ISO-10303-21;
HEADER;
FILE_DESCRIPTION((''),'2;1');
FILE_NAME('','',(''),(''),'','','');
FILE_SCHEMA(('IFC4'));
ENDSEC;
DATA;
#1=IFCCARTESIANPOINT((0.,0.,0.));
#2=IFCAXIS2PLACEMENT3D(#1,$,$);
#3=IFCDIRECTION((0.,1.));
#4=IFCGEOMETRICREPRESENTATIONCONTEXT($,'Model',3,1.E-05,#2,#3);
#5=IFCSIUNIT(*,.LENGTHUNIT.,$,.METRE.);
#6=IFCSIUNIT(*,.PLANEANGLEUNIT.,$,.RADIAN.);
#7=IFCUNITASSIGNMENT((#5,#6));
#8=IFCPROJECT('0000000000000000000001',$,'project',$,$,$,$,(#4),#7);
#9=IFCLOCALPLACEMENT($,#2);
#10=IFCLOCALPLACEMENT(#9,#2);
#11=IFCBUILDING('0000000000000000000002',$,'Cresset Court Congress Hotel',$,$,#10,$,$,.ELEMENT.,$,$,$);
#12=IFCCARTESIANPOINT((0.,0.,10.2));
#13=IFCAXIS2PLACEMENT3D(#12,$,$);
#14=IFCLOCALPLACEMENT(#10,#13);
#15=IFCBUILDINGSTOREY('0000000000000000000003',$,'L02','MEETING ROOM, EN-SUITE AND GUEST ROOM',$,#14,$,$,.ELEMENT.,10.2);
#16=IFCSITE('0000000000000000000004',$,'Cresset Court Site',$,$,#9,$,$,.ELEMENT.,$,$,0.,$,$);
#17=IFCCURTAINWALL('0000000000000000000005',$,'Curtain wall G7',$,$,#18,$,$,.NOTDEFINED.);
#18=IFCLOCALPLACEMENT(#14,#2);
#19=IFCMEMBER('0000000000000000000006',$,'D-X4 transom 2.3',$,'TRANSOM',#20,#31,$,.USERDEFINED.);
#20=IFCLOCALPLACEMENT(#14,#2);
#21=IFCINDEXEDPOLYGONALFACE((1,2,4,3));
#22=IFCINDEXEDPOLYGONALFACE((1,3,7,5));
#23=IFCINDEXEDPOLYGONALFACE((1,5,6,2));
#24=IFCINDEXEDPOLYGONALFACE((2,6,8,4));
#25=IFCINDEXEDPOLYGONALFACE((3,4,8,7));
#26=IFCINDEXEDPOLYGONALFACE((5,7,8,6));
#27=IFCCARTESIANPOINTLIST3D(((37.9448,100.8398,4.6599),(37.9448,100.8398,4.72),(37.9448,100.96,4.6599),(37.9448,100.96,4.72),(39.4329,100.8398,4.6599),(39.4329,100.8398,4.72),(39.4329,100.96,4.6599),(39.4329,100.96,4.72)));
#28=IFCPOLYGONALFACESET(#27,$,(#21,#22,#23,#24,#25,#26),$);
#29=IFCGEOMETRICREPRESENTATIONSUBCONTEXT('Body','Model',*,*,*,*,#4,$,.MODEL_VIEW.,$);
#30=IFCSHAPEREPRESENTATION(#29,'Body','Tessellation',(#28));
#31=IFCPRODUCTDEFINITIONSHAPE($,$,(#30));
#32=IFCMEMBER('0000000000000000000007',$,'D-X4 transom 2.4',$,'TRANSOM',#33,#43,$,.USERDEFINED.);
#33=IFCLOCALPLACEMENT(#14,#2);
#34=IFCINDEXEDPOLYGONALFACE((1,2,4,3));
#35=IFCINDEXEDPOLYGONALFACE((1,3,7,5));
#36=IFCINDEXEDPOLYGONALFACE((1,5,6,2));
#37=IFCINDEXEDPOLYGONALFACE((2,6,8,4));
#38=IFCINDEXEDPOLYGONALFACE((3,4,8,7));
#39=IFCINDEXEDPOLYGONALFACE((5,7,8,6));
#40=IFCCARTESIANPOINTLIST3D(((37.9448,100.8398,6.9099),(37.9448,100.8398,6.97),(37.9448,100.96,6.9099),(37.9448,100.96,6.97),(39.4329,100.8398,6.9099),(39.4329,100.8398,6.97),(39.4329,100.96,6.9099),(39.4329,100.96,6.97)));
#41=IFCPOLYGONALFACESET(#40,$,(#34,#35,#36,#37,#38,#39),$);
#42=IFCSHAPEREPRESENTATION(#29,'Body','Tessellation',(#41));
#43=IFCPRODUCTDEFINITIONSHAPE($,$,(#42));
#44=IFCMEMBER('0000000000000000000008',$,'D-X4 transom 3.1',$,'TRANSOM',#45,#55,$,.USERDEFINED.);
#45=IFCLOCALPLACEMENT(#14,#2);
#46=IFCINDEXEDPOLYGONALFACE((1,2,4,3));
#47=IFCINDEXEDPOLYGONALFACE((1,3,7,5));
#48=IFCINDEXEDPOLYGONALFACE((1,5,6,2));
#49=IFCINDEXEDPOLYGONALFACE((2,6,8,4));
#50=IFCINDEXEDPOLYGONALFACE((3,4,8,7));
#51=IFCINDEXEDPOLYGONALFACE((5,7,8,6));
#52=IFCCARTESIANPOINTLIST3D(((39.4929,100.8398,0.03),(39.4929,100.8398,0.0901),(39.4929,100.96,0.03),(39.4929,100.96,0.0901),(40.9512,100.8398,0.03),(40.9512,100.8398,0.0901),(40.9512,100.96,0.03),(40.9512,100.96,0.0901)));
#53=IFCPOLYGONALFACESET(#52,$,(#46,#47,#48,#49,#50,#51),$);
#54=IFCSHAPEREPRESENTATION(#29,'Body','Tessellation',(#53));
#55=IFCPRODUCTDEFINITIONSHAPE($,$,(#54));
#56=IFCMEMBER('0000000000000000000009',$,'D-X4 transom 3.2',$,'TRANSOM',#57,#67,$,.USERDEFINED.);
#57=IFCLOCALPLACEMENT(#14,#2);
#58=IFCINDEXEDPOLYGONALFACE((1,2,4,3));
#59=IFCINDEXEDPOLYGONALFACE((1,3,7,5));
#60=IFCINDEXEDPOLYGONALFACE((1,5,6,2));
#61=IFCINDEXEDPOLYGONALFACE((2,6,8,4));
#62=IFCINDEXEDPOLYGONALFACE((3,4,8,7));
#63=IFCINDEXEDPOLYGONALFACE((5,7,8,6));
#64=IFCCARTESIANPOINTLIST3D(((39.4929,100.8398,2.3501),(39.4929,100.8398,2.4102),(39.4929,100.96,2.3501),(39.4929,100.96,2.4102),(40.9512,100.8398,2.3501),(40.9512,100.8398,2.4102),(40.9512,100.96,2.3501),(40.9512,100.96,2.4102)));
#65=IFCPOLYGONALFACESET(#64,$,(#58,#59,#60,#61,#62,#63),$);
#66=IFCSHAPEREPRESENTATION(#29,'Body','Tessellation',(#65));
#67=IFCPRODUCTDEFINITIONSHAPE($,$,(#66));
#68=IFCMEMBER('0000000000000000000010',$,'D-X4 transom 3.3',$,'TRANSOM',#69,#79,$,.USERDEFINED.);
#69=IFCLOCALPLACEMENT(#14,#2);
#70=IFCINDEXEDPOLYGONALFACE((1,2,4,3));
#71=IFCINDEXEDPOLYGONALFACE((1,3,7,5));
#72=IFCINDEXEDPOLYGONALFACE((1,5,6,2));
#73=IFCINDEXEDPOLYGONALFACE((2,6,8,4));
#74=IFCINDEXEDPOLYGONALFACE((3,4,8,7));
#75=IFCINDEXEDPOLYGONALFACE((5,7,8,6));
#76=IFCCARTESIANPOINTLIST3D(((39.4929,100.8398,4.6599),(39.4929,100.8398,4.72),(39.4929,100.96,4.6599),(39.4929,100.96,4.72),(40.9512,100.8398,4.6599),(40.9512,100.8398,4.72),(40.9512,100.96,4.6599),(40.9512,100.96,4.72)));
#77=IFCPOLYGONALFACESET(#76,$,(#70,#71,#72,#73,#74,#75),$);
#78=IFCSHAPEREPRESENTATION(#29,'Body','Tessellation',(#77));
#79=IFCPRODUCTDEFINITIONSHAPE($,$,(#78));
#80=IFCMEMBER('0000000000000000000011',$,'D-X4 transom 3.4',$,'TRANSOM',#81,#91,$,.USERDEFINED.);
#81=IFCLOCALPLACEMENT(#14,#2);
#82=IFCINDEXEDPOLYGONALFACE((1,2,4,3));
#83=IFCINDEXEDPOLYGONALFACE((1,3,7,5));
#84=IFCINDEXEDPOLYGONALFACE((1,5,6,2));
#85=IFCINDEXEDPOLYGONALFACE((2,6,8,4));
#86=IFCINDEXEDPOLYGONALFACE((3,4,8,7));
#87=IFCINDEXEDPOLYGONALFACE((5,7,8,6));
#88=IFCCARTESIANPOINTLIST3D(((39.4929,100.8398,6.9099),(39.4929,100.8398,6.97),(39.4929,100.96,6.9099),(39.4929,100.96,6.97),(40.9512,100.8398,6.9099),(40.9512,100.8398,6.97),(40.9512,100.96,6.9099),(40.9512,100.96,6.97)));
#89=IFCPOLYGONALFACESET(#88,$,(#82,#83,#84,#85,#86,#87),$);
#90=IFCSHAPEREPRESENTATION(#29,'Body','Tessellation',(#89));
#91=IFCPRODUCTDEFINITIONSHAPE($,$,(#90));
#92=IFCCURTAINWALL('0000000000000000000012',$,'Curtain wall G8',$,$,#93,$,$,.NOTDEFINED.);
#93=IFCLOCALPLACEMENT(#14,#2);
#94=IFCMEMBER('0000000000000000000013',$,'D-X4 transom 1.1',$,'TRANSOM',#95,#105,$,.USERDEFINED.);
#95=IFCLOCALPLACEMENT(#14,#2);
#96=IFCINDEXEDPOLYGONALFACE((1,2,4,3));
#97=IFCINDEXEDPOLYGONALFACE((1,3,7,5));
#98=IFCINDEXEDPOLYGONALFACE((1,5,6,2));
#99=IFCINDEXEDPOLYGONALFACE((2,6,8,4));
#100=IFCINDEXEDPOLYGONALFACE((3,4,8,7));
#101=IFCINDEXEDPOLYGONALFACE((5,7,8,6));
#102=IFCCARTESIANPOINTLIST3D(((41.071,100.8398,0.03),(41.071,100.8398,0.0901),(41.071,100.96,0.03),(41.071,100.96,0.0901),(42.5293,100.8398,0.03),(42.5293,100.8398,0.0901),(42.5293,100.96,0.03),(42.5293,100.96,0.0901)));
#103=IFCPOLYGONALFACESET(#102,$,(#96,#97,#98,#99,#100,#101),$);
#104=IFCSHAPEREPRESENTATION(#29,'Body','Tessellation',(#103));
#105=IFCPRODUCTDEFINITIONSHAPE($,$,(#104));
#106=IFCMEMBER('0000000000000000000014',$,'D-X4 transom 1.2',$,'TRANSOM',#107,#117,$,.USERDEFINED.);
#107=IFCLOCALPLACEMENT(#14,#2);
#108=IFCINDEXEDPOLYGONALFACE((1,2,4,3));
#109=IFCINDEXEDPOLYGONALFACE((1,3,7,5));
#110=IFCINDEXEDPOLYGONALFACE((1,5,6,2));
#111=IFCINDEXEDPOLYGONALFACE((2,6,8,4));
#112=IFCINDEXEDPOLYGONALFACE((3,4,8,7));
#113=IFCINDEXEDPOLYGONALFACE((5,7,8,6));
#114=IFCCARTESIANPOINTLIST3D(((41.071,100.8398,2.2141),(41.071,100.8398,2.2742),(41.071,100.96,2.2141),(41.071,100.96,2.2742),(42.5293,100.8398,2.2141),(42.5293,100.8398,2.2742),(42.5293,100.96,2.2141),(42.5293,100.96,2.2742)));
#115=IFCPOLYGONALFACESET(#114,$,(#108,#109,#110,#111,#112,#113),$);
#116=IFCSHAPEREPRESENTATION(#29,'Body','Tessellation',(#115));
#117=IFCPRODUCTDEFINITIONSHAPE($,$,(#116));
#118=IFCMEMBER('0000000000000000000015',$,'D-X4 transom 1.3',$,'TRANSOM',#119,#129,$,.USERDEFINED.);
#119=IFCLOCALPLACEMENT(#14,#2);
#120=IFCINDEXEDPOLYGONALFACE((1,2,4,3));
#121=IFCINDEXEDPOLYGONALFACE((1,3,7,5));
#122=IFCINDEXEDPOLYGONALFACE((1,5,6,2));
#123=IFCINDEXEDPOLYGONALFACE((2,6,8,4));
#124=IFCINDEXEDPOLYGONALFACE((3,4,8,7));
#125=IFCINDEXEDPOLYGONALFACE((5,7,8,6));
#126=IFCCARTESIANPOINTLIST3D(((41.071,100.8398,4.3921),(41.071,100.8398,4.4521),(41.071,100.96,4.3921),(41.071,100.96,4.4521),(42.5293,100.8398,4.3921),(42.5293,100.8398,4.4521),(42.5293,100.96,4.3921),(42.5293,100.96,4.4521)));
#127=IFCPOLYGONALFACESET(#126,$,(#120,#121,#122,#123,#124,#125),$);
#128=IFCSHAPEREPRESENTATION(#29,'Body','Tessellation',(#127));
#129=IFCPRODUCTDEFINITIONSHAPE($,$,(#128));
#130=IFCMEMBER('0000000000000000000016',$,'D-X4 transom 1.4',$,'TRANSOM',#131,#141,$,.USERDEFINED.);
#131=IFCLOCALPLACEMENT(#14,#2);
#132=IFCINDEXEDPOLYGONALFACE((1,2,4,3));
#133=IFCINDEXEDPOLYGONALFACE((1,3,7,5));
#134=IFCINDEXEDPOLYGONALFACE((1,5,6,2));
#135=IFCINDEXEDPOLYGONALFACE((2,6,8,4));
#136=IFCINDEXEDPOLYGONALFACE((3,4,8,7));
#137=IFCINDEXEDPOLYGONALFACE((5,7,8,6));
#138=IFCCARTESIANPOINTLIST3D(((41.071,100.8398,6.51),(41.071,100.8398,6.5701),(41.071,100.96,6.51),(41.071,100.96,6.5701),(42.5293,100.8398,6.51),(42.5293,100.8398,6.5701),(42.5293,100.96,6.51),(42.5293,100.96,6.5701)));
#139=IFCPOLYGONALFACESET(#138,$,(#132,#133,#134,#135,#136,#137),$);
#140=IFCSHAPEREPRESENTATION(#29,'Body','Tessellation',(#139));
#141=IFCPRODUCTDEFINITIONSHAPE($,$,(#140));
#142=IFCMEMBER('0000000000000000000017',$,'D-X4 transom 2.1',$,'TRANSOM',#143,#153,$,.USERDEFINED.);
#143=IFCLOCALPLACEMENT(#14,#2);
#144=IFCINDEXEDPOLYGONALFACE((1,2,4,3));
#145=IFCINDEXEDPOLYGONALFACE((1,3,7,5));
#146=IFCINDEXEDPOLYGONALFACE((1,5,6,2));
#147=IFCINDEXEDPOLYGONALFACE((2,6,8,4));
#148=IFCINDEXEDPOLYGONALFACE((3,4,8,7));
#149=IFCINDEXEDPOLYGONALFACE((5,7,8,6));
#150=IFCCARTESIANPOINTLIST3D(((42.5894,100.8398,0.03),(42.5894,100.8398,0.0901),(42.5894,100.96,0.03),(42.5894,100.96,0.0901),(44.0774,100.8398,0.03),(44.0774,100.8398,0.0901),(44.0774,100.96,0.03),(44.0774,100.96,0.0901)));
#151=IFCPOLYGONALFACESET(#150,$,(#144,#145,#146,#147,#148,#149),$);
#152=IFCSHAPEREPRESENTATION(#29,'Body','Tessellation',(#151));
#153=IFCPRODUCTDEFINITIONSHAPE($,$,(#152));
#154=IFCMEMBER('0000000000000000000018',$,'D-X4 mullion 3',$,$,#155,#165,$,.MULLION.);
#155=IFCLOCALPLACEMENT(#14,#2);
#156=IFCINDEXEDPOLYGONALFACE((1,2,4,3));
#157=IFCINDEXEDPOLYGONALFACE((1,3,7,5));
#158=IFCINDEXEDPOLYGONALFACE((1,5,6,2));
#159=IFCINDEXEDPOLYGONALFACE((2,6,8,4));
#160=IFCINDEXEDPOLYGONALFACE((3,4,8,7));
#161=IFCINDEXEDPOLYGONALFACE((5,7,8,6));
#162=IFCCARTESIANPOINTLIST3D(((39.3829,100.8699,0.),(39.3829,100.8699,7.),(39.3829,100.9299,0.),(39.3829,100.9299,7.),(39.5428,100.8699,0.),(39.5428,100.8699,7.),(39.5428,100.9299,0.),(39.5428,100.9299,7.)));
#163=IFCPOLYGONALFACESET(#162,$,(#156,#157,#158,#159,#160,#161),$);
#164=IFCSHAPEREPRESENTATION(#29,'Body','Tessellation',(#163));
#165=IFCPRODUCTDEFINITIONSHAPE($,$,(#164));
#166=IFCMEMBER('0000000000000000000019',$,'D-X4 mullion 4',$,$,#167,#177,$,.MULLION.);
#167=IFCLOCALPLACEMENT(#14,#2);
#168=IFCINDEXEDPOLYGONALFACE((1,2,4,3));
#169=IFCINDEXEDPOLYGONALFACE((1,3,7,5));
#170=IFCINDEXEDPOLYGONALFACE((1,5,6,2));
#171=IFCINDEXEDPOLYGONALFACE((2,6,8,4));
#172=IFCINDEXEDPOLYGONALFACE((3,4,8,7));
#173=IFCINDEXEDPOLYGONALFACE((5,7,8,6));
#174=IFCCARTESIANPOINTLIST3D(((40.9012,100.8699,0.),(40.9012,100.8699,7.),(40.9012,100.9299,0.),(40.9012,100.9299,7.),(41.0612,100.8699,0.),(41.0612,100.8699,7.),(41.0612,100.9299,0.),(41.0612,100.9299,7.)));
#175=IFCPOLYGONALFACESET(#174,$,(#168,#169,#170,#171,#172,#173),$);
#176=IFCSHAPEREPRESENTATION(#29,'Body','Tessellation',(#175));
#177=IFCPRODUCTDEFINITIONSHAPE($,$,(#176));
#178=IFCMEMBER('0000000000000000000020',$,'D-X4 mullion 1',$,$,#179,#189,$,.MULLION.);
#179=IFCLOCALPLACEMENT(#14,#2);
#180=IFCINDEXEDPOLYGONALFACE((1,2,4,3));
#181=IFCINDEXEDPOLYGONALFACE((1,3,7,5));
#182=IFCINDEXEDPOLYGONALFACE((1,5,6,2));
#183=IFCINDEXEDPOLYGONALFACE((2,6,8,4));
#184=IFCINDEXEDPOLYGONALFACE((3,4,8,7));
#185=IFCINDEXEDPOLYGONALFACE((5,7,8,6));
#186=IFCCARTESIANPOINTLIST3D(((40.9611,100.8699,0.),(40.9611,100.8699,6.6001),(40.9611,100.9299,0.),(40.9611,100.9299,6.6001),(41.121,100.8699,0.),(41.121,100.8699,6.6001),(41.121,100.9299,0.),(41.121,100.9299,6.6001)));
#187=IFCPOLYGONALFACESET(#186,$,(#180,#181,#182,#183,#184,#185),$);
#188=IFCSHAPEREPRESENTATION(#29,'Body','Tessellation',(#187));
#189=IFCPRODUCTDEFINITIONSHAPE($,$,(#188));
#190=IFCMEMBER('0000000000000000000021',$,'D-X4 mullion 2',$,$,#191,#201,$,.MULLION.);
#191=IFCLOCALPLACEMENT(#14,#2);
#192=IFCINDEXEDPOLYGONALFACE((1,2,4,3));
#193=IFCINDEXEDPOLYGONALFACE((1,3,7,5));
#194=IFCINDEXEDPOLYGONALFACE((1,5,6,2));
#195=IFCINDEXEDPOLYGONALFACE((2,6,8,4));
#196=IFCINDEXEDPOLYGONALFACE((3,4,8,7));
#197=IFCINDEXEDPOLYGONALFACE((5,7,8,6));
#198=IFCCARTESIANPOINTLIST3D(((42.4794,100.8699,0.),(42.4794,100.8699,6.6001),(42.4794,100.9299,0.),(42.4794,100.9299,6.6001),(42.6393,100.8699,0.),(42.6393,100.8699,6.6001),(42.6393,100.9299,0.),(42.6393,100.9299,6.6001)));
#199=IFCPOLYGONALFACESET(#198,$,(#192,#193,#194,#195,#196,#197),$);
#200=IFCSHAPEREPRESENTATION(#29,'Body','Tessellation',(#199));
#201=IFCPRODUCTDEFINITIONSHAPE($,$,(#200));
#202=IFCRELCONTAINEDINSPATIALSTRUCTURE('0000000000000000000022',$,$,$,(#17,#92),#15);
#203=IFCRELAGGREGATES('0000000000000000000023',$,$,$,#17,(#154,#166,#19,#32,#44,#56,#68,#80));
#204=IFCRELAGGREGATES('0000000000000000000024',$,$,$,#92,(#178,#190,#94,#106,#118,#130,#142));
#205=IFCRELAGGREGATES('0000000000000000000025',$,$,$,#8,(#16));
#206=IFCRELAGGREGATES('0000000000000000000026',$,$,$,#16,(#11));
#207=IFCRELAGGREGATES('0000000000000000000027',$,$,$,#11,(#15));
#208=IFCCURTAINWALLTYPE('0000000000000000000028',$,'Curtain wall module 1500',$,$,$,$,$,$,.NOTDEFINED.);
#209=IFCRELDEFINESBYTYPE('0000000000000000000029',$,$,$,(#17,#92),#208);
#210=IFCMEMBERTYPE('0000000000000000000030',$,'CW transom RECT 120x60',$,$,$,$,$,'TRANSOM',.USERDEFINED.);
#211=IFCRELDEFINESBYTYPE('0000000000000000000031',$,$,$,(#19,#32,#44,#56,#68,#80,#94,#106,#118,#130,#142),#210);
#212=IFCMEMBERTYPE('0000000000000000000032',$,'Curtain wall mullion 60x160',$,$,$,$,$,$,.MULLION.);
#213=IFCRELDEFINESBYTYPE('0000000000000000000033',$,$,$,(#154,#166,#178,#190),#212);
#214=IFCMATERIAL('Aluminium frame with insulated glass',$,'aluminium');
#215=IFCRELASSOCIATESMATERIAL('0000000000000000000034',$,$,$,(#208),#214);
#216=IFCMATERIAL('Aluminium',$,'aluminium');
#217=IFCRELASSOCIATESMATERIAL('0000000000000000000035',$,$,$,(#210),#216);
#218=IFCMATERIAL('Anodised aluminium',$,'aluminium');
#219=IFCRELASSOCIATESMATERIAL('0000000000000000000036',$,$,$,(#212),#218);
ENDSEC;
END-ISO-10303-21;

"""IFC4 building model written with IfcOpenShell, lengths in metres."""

from ifc_helpers import new_model, si_unit, direction, frame, origin, origin_2d, place, context, subcontext, project, spatial, rectangle, extrude, material, material_profile, profile_set, type_object, element, aggregate, save


model = new_model("IFC4")

# Units and contexts
model_context = context("Model", 3, precision=1e-05, world=origin(), true_north=direction((0.0, 1.0)))
body_context = subcontext(model_context, "Body", "Model", "MODEL_VIEW")
ifc_project = project(units=[si_unit("LENGTHUNIT", "METRE"), si_unit("PLANEANGLEUNIT", "RADIAN")], contexts=[model_context])

# Site, building, storey
site_placement = place(None, origin())
site = spatial("IfcSite", under=ifc_project, at=site_placement, Name="Cresset Court Site", CompositionType="ELEMENT", RefElevation=0.0)
building_placement = place(site_placement, origin())
building = spatial("IfcBuilding", under=site, at=building_placement, Name="Cresset Court Congress Hotel", CompositionType="ELEMENT")
storey_placement = place(building_placement, frame((0.0, 0.0, 10.2)))
storey = spatial("IfcBuildingStorey", under=building, at=storey_placement, Name="L02", Description="MEETING ROOM, EN-SUITE AND GUEST ROOM", CompositionType="ELEMENT", Elevation=10.2)

# Curtain walls, members
ifc_material_1 = material(Name="Aluminium frame with insulated glass", Category="aluminium")
curtain_wall_type = type_object("IfcCurtainWallType", Name="Curtain wall module 1500", PredefinedType="NOTDEFINED", material=ifc_material_1)
curtain_wall_1_placement = place(storey_placement, origin())
curtain_wall_1 = element("IfcCurtainWall", 1, at=curtain_wall_1_placement, inside=storey, type_object=curtain_wall_type, Name="Curtain wall G7", PredefinedType="NOTDEFINED")
ifc_material_2 = material(Name="Aluminium", Category="aluminium")
ifc_material_profile_1 = material_profile(ifc_material_2, rectangle(XDim=0.1201, YDim=0.0601, at=origin_2d()), Name="AL 120x60")
ifc_profile_set_1 = profile_set([ifc_material_profile_1], Name="Aluminium")
member_type_1 = type_object("IfcMemberType", Name="CW transom RECT 120x60", ElementType="TRANSOM", PredefinedType="USERDEFINED", material=ifc_profile_set_1)
member_1_placement = place(storey_placement, frame((37.9448, 100.8999, 4.6899), z_axis=(1.0, 0.0, 0.0), x_axis=(0.0, 1.0, 0.0)))
member_1 = element("IfcMember", 2, at=member_1_placement, type_object=member_type_1, Name="D-X4 transom 2.3", ObjectType="TRANSOM", PredefinedType="USERDEFINED", context=body_context, shape_type="SweptSolid", body=[
    extrude(rectangle(XDim=0.1201, YDim=0.0601, at=origin_2d()), origin(), (0.0, 0.0, 1.0), 1.488),
])
member_2_placement = place(storey_placement, frame((37.9448, 100.8999, 6.9399), z_axis=(1.0, 0.0, 0.0), x_axis=(0.0, 1.0, 0.0)))
member_2 = element("IfcMember", 3, at=member_2_placement, type_object=member_type_1, Name="D-X4 transom 2.4", ObjectType="TRANSOM", PredefinedType="USERDEFINED", context=body_context, shape_type="SweptSolid", body=[
    extrude(rectangle(XDim=0.1201, YDim=0.0601, at=origin_2d()), origin(), (0.0, 0.0, 1.0), 1.488),
])
member_3_placement = place(storey_placement, frame((39.4929, 100.8999, 0.0601), z_axis=(1.0, 0.0, 0.0), x_axis=(0.0, 1.0, 0.0)))
member_3 = element("IfcMember", 4, at=member_3_placement, type_object=member_type_1, Name="D-X4 transom 3.1", ObjectType="TRANSOM", PredefinedType="USERDEFINED", context=body_context, shape_type="SweptSolid", body=[
    extrude(rectangle(XDim=0.1201, YDim=0.0601, at=origin_2d()), origin(), (0.0, 0.0, 1.0), 1.4583),
])
member_4_placement = place(storey_placement, frame((39.4929, 100.8999, 2.3801), z_axis=(1.0, 0.0, 0.0), x_axis=(0.0, 1.0, 0.0)))
member_4 = element("IfcMember", 5, at=member_4_placement, type_object=member_type_1, Name="D-X4 transom 3.2", ObjectType="TRANSOM", PredefinedType="USERDEFINED", context=body_context, shape_type="SweptSolid", body=[
    extrude(rectangle(XDim=0.1201, YDim=0.0601, at=origin_2d()), origin(), (0.0, 0.0, 1.0), 1.4583),
])
member_5_placement = place(storey_placement, frame((39.4929, 100.8999, 4.6899), z_axis=(1.0, 0.0, 0.0), x_axis=(0.0, 1.0, 0.0)))
member_5 = element("IfcMember", 6, at=member_5_placement, type_object=member_type_1, Name="D-X4 transom 3.3", ObjectType="TRANSOM", PredefinedType="USERDEFINED", context=body_context, shape_type="SweptSolid", body=[
    extrude(rectangle(XDim=0.1201, YDim=0.0601, at=origin_2d()), origin(), (0.0, 0.0, 1.0), 1.4583),
])
member_6_placement = place(storey_placement, frame((39.4929, 100.8999, 6.9399), z_axis=(1.0, 0.0, 0.0), x_axis=(0.0, 1.0, 0.0)))
member_6 = element("IfcMember", 7, at=member_6_placement, type_object=member_type_1, Name="D-X4 transom 3.4", ObjectType="TRANSOM", PredefinedType="USERDEFINED", context=body_context, shape_type="SweptSolid", body=[
    extrude(rectangle(XDim=0.1201, YDim=0.0601, at=origin_2d()), origin(), (0.0, 0.0, 1.0), 1.4583),
])
curtain_wall_2_placement = place(storey_placement, origin())
curtain_wall_2 = element("IfcCurtainWall", 8, at=curtain_wall_2_placement, inside=storey, type_object=curtain_wall_type, Name="Curtain wall G8", PredefinedType="NOTDEFINED")
member_7_placement = place(storey_placement, frame((41.071, 100.8999, 0.0601), z_axis=(1.0, 0.0, 0.0), x_axis=(0.0, 1.0, 0.0)))
member_7 = element("IfcMember", 9, at=member_7_placement, type_object=member_type_1, Name="D-X4 transom 1.1", ObjectType="TRANSOM", PredefinedType="USERDEFINED", context=body_context, shape_type="SweptSolid", body=[
    extrude(rectangle(XDim=0.1201, YDim=0.0601, at=origin_2d()), origin(), (0.0, 0.0, 1.0), 1.4583),
])
member_8_placement = place(storey_placement, frame((41.071, 100.8999, 2.2441), z_axis=(1.0, 0.0, 0.0), x_axis=(0.0, 1.0, 0.0)))
member_8 = element("IfcMember", 10, at=member_8_placement, type_object=member_type_1, Name="D-X4 transom 1.2", ObjectType="TRANSOM", PredefinedType="USERDEFINED", context=body_context, shape_type="SweptSolid", body=[
    extrude(rectangle(XDim=0.1201, YDim=0.0601, at=origin_2d()), origin(), (0.0, 0.0, 1.0), 1.4583),
])
member_9_placement = place(storey_placement, frame((41.071, 100.8999, 4.4221), z_axis=(1.0, 0.0, 0.0), x_axis=(0.0, 1.0, 0.0)))
member_9 = element("IfcMember", 11, at=member_9_placement, type_object=member_type_1, Name="D-X4 transom 1.3", ObjectType="TRANSOM", PredefinedType="USERDEFINED", context=body_context, shape_type="SweptSolid", body=[
    extrude(rectangle(XDim=0.1201, YDim=0.0601, at=origin_2d()), origin(), (0.0, 0.0, 1.0), 1.4583),
])
member_10_placement = place(storey_placement, frame((41.071, 100.8999, 6.54), z_axis=(1.0, 0.0, 0.0), x_axis=(0.0, 1.0, 0.0)))
member_10 = element("IfcMember", 12, at=member_10_placement, type_object=member_type_1, Name="D-X4 transom 1.4", ObjectType="TRANSOM", PredefinedType="USERDEFINED", context=body_context, shape_type="SweptSolid", body=[
    extrude(rectangle(XDim=0.1201, YDim=0.0601, at=origin_2d()), origin(), (0.0, 0.0, 1.0), 1.4583),
])
member_11_placement = place(storey_placement, frame((42.5894, 100.8999, 0.0601), z_axis=(1.0, 0.0, 0.0), x_axis=(0.0, 1.0, 0.0)))
member_11 = element("IfcMember", 13, at=member_11_placement, type_object=member_type_1, Name="D-X4 transom 2.1", ObjectType="TRANSOM", PredefinedType="USERDEFINED", context=body_context, shape_type="SweptSolid", body=[
    extrude(rectangle(XDim=0.1201, YDim=0.0601, at=origin_2d()), origin(), (0.0, 0.0, 1.0), 1.488),
])

# Members
ifc_material_3 = material(Name="Anodised aluminium", Category="aluminium")
ifc_material_profile_2 = material_profile(ifc_material_3, rectangle(XDim=0.0601, YDim=0.1599, at=origin_2d()), Name="AL60x160")
ifc_profile_set_2 = profile_set([ifc_material_profile_2], Name="Anodised aluminium")
member_type_2 = type_object("IfcMemberType", Name="Curtain wall mullion 60x160", PredefinedType="MULLION", material=ifc_profile_set_2)
member_12_placement = place(storey_placement, frame((39.4629, 100.8999, 0.0), z_axis=(0.0, 0.0, 1.0), x_axis=(0.0, 1.0, 0.0)))
member_12 = element("IfcMember", 14, at=member_12_placement, type_object=member_type_2, Name="D-X4 mullion 3", PredefinedType="MULLION", context=body_context, shape_type="SweptSolid", body=[
    extrude(rectangle(XDim=0.0601, YDim=0.1599, at=origin_2d()), origin(), (0.0, 0.0, 1.0), 7.0),
])
member_13_placement = place(storey_placement, frame((40.9812, 100.8999, 0.0), z_axis=(0.0, 0.0, 1.0), x_axis=(0.0, 1.0, 0.0)))
member_13 = element("IfcMember", 15, at=member_13_placement, type_object=member_type_2, Name="D-X4 mullion 4", PredefinedType="MULLION", context=body_context, shape_type="SweptSolid", body=[
    extrude(rectangle(XDim=0.0601, YDim=0.1599, at=origin_2d()), origin(), (0.0, 0.0, 1.0), 7.0),
])
member_14_placement = place(storey_placement, frame((41.041, 100.8999, 0.0), z_axis=(0.0, 0.0, 1.0), x_axis=(0.0, 1.0, 0.0)))
member_14 = element("IfcMember", 16, at=member_14_placement, type_object=member_type_2, Name="D-X4 mullion 1", PredefinedType="MULLION", context=body_context, shape_type="SweptSolid", body=[
    extrude(rectangle(XDim=0.0601, YDim=0.1599, at=origin_2d()), origin(), (0.0, 0.0, 1.0), 6.6001),
])
member_15_placement = place(storey_placement, frame((42.5593, 100.8999, 0.0), z_axis=(0.0, 0.0, 1.0), x_axis=(0.0, 1.0, 0.0)))
member_15 = element("IfcMember", 17, at=member_15_placement, type_object=member_type_2, Name="D-X4 mullion 2", PredefinedType="MULLION", context=body_context, shape_type="SweptSolid", body=[
    extrude(rectangle(XDim=0.0601, YDim=0.1599, at=origin_2d()), origin(), (0.0, 0.0, 1.0), 6.6001),
])

aggregate(curtain_wall_1, [member_12, member_13, member_1, member_2, member_3, member_4, member_5, member_6])
aggregate(curtain_wall_2, [member_14, member_15, member_7, member_8, member_9, member_10, member_11])

save(model, "model.ifc")
